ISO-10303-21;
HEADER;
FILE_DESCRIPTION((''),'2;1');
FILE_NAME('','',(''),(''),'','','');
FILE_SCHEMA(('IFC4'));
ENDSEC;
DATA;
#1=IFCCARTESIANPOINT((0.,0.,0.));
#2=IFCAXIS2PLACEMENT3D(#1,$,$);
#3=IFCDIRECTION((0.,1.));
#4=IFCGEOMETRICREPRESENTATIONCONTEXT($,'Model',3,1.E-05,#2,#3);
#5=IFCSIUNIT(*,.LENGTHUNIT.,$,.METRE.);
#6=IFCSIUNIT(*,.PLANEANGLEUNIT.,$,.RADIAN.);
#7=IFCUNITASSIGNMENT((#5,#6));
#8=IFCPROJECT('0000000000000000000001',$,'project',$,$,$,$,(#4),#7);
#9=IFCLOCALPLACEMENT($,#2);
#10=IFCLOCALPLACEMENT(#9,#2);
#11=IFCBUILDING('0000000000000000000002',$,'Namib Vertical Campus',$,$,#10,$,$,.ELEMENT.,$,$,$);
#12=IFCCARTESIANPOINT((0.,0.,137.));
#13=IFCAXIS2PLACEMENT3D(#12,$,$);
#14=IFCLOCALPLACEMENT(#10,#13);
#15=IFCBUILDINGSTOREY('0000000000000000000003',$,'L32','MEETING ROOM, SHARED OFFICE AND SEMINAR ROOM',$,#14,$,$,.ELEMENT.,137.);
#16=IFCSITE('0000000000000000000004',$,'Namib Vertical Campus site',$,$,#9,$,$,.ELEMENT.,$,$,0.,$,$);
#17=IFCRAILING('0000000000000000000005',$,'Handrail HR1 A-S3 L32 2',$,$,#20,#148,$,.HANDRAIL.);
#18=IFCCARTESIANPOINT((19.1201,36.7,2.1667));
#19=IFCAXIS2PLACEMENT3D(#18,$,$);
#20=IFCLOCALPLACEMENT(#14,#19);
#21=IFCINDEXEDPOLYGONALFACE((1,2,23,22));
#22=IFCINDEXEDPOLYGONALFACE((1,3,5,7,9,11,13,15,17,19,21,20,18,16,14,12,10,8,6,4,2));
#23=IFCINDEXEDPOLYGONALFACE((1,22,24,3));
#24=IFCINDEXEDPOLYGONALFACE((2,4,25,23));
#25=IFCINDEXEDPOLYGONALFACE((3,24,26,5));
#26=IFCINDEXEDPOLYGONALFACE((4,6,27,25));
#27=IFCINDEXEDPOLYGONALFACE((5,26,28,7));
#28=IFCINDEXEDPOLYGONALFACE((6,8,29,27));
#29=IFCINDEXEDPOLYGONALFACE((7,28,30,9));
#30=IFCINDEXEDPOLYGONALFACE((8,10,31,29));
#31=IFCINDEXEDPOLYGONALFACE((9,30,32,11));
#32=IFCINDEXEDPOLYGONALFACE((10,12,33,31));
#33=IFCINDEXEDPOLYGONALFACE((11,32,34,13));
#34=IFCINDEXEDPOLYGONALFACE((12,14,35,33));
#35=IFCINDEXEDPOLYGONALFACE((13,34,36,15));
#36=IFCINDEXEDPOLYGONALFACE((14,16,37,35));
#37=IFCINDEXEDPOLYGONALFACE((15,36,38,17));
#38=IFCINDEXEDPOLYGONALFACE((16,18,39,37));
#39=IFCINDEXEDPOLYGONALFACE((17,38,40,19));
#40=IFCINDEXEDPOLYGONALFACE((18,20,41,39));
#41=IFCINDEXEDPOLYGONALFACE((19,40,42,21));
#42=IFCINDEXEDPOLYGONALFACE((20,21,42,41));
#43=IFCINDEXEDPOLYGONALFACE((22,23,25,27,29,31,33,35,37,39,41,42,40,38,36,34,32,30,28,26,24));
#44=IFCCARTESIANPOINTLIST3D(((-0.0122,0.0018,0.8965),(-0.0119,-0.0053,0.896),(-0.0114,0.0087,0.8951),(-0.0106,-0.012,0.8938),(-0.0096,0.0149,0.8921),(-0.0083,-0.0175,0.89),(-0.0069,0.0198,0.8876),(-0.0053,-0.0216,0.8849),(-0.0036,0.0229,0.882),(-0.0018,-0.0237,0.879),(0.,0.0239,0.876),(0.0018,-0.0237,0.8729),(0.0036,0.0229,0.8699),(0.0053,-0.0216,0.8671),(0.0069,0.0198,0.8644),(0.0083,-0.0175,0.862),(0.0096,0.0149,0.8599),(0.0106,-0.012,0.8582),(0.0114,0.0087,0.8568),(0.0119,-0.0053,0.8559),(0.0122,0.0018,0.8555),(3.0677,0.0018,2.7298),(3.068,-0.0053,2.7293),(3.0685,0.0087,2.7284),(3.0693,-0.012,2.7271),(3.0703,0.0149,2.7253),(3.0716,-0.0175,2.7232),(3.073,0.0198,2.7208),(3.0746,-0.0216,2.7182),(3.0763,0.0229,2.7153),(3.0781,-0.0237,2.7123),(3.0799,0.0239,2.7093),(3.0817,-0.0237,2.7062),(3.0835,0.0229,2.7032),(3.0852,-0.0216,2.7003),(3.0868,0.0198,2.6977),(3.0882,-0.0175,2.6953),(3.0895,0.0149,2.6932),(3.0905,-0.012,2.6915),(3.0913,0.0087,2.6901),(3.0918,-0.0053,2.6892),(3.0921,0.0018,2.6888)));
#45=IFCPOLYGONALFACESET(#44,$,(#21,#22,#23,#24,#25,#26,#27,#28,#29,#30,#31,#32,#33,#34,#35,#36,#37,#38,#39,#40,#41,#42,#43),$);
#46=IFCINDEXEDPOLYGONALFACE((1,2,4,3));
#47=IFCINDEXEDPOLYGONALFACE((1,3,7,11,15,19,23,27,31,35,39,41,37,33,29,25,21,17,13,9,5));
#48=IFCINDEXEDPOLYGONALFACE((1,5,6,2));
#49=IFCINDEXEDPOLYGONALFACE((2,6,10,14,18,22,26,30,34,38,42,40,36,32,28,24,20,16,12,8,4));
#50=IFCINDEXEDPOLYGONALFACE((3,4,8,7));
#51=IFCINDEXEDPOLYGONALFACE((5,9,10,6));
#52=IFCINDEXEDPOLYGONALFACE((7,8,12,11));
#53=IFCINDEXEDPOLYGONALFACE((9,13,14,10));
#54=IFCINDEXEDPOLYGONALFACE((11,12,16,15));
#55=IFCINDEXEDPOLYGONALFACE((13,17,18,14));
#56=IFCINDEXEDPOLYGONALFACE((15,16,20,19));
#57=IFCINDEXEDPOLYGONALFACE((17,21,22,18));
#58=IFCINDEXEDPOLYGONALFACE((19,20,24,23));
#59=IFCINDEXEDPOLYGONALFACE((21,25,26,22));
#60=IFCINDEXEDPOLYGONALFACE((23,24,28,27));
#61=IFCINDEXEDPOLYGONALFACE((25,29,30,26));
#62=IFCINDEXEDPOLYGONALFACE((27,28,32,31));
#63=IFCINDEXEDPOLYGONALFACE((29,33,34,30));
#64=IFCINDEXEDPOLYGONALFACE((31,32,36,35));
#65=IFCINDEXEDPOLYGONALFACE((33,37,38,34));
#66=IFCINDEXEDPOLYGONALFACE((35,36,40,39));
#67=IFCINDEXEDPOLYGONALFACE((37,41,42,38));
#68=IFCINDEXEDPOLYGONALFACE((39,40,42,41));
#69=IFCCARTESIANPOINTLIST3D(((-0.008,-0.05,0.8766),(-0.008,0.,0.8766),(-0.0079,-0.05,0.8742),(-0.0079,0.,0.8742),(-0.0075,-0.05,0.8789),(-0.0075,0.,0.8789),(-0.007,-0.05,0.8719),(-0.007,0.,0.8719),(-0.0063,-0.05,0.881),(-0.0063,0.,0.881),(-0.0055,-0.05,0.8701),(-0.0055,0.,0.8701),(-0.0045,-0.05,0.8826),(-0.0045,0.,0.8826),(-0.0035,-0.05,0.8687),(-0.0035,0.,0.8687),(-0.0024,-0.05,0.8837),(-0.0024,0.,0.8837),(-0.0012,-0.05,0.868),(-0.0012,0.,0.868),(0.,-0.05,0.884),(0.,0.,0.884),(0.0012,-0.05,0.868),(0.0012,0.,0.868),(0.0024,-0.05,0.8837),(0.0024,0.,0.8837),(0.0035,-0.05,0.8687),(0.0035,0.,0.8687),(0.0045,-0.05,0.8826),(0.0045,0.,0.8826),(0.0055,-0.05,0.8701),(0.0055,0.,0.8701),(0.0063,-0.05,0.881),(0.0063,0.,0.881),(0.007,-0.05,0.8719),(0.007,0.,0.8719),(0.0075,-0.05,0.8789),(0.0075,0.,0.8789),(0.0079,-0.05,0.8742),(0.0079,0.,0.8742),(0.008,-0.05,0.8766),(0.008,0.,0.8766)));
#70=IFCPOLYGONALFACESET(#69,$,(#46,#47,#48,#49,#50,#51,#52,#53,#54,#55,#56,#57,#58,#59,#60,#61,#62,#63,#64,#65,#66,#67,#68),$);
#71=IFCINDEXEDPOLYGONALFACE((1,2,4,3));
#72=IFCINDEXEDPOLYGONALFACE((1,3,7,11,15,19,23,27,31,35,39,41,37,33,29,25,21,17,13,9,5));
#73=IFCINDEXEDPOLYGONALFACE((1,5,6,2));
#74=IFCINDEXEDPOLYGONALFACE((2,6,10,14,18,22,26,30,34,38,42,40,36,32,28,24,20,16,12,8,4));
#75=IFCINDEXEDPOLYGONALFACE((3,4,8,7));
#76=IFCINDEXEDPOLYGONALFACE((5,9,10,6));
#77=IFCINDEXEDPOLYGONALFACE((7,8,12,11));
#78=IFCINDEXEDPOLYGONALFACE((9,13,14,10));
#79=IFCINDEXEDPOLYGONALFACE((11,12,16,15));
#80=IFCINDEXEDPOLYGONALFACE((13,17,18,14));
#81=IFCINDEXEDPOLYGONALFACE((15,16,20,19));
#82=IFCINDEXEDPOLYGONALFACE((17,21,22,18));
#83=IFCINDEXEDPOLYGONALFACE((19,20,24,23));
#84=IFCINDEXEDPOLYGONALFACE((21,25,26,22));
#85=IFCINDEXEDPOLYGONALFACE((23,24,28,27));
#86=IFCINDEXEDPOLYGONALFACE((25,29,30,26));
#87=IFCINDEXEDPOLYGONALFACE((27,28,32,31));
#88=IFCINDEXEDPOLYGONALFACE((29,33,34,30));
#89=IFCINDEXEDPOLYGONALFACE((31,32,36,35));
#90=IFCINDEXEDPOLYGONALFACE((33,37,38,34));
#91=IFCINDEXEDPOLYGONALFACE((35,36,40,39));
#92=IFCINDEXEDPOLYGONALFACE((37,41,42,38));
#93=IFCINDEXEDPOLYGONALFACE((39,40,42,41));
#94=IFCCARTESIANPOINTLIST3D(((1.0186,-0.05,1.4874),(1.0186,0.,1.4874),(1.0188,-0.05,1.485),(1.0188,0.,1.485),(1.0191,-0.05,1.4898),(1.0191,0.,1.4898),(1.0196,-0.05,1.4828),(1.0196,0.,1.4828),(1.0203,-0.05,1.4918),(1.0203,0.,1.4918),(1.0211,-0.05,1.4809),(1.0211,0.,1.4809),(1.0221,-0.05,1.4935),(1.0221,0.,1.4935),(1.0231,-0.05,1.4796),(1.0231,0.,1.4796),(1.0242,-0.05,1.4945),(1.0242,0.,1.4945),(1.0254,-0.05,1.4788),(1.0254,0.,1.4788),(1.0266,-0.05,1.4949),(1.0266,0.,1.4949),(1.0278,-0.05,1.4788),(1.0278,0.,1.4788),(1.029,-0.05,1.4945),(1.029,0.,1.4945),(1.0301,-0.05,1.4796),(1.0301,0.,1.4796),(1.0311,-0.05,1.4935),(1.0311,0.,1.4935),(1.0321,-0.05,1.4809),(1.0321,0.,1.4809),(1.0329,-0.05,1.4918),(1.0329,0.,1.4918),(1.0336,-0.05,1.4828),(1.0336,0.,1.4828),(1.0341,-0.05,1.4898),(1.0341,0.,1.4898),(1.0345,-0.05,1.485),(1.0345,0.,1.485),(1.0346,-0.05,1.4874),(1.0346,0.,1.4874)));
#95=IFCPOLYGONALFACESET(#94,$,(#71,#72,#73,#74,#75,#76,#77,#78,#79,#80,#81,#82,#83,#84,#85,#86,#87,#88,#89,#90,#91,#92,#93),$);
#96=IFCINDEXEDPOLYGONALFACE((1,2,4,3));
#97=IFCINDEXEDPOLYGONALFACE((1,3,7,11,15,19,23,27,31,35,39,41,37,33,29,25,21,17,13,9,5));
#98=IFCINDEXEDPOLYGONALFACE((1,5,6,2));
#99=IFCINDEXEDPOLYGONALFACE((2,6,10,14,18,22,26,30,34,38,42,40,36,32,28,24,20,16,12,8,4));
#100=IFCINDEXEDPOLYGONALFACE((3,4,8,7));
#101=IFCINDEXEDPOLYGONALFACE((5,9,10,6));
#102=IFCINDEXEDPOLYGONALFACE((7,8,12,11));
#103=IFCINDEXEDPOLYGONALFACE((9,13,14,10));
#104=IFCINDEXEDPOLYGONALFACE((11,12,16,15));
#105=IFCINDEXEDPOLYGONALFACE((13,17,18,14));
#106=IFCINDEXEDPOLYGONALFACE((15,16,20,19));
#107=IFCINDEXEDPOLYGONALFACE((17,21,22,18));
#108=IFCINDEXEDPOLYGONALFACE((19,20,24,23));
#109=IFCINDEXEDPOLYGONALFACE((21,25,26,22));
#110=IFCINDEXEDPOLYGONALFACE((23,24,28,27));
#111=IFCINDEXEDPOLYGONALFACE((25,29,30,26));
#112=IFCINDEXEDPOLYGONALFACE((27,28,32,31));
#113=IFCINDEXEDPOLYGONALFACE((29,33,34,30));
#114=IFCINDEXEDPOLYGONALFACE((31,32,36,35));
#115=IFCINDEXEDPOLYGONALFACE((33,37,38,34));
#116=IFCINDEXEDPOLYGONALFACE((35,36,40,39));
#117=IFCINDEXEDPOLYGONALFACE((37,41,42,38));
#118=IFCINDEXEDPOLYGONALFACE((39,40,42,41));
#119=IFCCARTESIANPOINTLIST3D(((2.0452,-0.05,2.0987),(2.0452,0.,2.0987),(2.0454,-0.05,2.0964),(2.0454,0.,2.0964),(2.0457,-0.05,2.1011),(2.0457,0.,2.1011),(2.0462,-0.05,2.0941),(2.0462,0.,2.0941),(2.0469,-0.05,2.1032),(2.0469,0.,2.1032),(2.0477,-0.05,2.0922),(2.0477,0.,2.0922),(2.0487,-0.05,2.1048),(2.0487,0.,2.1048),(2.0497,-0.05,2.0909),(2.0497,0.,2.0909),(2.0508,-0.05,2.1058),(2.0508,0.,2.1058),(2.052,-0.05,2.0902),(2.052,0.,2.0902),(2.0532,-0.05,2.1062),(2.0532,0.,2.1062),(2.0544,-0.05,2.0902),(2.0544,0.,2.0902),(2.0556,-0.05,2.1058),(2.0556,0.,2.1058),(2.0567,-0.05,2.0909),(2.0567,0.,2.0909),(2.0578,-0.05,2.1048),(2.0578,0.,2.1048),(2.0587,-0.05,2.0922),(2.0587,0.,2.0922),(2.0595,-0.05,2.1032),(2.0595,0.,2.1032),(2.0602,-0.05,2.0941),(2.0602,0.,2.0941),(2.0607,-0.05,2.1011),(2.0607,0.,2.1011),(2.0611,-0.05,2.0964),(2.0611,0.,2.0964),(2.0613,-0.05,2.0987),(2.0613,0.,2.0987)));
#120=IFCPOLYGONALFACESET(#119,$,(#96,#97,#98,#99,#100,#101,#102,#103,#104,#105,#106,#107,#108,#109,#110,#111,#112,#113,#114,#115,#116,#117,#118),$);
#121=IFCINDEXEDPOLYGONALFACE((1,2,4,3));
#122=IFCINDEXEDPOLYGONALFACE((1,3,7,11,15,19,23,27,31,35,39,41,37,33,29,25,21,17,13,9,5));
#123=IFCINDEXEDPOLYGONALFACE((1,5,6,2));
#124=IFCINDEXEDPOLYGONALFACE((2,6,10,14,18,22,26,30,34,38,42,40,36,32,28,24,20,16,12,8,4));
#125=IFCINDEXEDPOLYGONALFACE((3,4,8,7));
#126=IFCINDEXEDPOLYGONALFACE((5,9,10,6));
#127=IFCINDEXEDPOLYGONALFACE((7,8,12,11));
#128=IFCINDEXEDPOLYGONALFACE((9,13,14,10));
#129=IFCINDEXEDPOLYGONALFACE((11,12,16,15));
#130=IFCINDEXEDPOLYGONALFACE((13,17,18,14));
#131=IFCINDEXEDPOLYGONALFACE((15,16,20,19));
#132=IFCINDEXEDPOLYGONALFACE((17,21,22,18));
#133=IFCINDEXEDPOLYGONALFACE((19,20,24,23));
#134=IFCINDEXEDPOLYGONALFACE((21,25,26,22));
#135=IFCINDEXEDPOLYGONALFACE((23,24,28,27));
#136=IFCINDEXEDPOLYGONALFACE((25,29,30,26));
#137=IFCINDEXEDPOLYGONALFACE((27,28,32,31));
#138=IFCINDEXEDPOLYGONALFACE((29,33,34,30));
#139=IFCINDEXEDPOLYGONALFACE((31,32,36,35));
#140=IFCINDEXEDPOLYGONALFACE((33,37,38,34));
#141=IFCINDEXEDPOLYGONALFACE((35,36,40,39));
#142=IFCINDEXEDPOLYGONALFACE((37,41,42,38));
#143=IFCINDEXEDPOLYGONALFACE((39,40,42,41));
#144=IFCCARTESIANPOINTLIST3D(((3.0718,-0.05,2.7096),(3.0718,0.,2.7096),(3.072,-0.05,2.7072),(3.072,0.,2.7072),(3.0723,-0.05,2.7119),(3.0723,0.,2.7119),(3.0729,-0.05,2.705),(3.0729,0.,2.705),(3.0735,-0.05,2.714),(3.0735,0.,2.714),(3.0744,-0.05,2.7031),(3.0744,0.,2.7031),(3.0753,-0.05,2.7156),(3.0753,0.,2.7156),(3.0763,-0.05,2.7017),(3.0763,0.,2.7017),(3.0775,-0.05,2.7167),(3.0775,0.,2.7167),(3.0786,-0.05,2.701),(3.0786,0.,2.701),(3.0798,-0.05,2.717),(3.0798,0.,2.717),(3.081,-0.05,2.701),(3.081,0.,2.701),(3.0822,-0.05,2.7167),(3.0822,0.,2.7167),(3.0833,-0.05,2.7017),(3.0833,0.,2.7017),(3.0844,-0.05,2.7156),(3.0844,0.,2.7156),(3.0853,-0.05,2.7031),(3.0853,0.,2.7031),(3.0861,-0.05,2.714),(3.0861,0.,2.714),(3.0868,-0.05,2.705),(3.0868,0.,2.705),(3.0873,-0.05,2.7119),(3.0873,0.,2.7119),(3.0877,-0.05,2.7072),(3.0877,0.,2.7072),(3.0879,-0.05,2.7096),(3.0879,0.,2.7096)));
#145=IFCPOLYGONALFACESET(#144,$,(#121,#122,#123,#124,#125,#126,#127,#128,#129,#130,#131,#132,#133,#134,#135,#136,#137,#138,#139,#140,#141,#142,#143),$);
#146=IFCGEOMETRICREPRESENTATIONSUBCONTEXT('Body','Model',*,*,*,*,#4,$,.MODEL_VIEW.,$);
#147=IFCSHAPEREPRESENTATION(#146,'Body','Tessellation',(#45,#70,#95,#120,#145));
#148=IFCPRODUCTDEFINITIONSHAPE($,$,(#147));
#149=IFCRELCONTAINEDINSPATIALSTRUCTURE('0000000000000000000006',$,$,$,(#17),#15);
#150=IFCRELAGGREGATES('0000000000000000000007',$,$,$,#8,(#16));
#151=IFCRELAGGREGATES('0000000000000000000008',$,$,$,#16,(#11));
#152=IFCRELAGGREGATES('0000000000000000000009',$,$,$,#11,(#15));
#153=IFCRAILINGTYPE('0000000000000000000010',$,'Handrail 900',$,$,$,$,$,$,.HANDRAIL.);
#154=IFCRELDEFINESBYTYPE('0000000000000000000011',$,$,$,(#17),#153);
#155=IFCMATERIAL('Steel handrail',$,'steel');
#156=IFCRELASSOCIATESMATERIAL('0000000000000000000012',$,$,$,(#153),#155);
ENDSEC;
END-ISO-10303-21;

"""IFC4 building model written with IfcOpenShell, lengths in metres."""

from ifc_helpers import new_model, si_unit, direction, frame, origin, origin_2d, place, context, subcontext, project, spatial, circle, extrude, material, type_object, element, save


model = new_model("IFC4")

# Units and contexts
model_context = context("Model", 3, precision=1e-05, world=origin(), true_north=direction((0.0, 1.0)))
body_context = subcontext(model_context, "Body", "Model", "MODEL_VIEW")
ifc_project = project(units=[si_unit("LENGTHUNIT", "METRE"), si_unit("PLANEANGLEUNIT", "RADIAN")], contexts=[model_context])

# Site, building, storey
site_placement = place(None, origin())
site = spatial("IfcSite", under=ifc_project, at=site_placement, Name="Namib Vertical Campus site", CompositionType="ELEMENT", RefElevation=0.0)
building_placement = place(site_placement, origin())
building = spatial("IfcBuilding", under=site, at=building_placement, Name="Namib Vertical Campus", CompositionType="ELEMENT")
storey_placement = place(building_placement, frame((0.0, 0.0, 137.0)))
storey = spatial("IfcBuildingStorey", under=building, at=storey_placement, Name="L32", Description="MEETING ROOM, SHARED OFFICE AND SEMINAR ROOM", CompositionType="ELEMENT", Elevation=137.0)

# Railing
ifc_material_1 = material(Name="Steel handrail", Category="steel")
railing_type = type_object("IfcRailingType", Name="Handrail 900", PredefinedType="HANDRAIL", material=ifc_material_1)
railing_1_placement = place(storey_placement, frame((19.1201, 36.7, 2.1667)))
element("IfcRailing", 1, at=railing_1_placement, inside=storey, type_object=railing_type, Name="Handrail HR1 A-S3 L32 2", PredefinedType="HANDRAIL", context=body_context, shape_type="SweptSolid", body=[
    extrude(circle(Radius=0.0239, at=origin_2d()), frame((0.0, 0.0, 0.876), z_axis=(0.859291, 0.0, 0.511487), x_axis=(0.0, 1.0, 0.0)), (0.0, 0.0, 1.0), 3.5842),
    extrude(circle(Radius=0.0081, at=origin_2d()), frame((0.0, 0.0, 0.876), z_axis=(0.0, -1.0, 0.0), x_axis=(0.0, 0.0, 1.0)), (0.0, 0.0, 1.0), 0.05),
    extrude(circle(Radius=0.0081, at=origin_2d()), frame((1.0266, 0.0, 1.4868), z_axis=(0.0, -1.0, 0.0), x_axis=(0.0, 0.0, 1.0)), (0.0, 0.0, 1.0), 0.05),
    extrude(circle(Radius=0.0081, at=origin_2d()), frame((2.0532, 0.0, 2.0981), z_axis=(0.0, -1.0, 0.0), x_axis=(0.0, 0.0, 1.0)), (0.0, 0.0, 1.0), 0.05),
    extrude(circle(Radius=0.0081, at=origin_2d()), frame((3.0798, 0.0, 2.709), z_axis=(0.0, -1.0, 0.0), x_axis=(0.0, 0.0, 1.0)), (0.0, 0.0, 1.0), 0.05),
])

save(model, "model.ifc")
